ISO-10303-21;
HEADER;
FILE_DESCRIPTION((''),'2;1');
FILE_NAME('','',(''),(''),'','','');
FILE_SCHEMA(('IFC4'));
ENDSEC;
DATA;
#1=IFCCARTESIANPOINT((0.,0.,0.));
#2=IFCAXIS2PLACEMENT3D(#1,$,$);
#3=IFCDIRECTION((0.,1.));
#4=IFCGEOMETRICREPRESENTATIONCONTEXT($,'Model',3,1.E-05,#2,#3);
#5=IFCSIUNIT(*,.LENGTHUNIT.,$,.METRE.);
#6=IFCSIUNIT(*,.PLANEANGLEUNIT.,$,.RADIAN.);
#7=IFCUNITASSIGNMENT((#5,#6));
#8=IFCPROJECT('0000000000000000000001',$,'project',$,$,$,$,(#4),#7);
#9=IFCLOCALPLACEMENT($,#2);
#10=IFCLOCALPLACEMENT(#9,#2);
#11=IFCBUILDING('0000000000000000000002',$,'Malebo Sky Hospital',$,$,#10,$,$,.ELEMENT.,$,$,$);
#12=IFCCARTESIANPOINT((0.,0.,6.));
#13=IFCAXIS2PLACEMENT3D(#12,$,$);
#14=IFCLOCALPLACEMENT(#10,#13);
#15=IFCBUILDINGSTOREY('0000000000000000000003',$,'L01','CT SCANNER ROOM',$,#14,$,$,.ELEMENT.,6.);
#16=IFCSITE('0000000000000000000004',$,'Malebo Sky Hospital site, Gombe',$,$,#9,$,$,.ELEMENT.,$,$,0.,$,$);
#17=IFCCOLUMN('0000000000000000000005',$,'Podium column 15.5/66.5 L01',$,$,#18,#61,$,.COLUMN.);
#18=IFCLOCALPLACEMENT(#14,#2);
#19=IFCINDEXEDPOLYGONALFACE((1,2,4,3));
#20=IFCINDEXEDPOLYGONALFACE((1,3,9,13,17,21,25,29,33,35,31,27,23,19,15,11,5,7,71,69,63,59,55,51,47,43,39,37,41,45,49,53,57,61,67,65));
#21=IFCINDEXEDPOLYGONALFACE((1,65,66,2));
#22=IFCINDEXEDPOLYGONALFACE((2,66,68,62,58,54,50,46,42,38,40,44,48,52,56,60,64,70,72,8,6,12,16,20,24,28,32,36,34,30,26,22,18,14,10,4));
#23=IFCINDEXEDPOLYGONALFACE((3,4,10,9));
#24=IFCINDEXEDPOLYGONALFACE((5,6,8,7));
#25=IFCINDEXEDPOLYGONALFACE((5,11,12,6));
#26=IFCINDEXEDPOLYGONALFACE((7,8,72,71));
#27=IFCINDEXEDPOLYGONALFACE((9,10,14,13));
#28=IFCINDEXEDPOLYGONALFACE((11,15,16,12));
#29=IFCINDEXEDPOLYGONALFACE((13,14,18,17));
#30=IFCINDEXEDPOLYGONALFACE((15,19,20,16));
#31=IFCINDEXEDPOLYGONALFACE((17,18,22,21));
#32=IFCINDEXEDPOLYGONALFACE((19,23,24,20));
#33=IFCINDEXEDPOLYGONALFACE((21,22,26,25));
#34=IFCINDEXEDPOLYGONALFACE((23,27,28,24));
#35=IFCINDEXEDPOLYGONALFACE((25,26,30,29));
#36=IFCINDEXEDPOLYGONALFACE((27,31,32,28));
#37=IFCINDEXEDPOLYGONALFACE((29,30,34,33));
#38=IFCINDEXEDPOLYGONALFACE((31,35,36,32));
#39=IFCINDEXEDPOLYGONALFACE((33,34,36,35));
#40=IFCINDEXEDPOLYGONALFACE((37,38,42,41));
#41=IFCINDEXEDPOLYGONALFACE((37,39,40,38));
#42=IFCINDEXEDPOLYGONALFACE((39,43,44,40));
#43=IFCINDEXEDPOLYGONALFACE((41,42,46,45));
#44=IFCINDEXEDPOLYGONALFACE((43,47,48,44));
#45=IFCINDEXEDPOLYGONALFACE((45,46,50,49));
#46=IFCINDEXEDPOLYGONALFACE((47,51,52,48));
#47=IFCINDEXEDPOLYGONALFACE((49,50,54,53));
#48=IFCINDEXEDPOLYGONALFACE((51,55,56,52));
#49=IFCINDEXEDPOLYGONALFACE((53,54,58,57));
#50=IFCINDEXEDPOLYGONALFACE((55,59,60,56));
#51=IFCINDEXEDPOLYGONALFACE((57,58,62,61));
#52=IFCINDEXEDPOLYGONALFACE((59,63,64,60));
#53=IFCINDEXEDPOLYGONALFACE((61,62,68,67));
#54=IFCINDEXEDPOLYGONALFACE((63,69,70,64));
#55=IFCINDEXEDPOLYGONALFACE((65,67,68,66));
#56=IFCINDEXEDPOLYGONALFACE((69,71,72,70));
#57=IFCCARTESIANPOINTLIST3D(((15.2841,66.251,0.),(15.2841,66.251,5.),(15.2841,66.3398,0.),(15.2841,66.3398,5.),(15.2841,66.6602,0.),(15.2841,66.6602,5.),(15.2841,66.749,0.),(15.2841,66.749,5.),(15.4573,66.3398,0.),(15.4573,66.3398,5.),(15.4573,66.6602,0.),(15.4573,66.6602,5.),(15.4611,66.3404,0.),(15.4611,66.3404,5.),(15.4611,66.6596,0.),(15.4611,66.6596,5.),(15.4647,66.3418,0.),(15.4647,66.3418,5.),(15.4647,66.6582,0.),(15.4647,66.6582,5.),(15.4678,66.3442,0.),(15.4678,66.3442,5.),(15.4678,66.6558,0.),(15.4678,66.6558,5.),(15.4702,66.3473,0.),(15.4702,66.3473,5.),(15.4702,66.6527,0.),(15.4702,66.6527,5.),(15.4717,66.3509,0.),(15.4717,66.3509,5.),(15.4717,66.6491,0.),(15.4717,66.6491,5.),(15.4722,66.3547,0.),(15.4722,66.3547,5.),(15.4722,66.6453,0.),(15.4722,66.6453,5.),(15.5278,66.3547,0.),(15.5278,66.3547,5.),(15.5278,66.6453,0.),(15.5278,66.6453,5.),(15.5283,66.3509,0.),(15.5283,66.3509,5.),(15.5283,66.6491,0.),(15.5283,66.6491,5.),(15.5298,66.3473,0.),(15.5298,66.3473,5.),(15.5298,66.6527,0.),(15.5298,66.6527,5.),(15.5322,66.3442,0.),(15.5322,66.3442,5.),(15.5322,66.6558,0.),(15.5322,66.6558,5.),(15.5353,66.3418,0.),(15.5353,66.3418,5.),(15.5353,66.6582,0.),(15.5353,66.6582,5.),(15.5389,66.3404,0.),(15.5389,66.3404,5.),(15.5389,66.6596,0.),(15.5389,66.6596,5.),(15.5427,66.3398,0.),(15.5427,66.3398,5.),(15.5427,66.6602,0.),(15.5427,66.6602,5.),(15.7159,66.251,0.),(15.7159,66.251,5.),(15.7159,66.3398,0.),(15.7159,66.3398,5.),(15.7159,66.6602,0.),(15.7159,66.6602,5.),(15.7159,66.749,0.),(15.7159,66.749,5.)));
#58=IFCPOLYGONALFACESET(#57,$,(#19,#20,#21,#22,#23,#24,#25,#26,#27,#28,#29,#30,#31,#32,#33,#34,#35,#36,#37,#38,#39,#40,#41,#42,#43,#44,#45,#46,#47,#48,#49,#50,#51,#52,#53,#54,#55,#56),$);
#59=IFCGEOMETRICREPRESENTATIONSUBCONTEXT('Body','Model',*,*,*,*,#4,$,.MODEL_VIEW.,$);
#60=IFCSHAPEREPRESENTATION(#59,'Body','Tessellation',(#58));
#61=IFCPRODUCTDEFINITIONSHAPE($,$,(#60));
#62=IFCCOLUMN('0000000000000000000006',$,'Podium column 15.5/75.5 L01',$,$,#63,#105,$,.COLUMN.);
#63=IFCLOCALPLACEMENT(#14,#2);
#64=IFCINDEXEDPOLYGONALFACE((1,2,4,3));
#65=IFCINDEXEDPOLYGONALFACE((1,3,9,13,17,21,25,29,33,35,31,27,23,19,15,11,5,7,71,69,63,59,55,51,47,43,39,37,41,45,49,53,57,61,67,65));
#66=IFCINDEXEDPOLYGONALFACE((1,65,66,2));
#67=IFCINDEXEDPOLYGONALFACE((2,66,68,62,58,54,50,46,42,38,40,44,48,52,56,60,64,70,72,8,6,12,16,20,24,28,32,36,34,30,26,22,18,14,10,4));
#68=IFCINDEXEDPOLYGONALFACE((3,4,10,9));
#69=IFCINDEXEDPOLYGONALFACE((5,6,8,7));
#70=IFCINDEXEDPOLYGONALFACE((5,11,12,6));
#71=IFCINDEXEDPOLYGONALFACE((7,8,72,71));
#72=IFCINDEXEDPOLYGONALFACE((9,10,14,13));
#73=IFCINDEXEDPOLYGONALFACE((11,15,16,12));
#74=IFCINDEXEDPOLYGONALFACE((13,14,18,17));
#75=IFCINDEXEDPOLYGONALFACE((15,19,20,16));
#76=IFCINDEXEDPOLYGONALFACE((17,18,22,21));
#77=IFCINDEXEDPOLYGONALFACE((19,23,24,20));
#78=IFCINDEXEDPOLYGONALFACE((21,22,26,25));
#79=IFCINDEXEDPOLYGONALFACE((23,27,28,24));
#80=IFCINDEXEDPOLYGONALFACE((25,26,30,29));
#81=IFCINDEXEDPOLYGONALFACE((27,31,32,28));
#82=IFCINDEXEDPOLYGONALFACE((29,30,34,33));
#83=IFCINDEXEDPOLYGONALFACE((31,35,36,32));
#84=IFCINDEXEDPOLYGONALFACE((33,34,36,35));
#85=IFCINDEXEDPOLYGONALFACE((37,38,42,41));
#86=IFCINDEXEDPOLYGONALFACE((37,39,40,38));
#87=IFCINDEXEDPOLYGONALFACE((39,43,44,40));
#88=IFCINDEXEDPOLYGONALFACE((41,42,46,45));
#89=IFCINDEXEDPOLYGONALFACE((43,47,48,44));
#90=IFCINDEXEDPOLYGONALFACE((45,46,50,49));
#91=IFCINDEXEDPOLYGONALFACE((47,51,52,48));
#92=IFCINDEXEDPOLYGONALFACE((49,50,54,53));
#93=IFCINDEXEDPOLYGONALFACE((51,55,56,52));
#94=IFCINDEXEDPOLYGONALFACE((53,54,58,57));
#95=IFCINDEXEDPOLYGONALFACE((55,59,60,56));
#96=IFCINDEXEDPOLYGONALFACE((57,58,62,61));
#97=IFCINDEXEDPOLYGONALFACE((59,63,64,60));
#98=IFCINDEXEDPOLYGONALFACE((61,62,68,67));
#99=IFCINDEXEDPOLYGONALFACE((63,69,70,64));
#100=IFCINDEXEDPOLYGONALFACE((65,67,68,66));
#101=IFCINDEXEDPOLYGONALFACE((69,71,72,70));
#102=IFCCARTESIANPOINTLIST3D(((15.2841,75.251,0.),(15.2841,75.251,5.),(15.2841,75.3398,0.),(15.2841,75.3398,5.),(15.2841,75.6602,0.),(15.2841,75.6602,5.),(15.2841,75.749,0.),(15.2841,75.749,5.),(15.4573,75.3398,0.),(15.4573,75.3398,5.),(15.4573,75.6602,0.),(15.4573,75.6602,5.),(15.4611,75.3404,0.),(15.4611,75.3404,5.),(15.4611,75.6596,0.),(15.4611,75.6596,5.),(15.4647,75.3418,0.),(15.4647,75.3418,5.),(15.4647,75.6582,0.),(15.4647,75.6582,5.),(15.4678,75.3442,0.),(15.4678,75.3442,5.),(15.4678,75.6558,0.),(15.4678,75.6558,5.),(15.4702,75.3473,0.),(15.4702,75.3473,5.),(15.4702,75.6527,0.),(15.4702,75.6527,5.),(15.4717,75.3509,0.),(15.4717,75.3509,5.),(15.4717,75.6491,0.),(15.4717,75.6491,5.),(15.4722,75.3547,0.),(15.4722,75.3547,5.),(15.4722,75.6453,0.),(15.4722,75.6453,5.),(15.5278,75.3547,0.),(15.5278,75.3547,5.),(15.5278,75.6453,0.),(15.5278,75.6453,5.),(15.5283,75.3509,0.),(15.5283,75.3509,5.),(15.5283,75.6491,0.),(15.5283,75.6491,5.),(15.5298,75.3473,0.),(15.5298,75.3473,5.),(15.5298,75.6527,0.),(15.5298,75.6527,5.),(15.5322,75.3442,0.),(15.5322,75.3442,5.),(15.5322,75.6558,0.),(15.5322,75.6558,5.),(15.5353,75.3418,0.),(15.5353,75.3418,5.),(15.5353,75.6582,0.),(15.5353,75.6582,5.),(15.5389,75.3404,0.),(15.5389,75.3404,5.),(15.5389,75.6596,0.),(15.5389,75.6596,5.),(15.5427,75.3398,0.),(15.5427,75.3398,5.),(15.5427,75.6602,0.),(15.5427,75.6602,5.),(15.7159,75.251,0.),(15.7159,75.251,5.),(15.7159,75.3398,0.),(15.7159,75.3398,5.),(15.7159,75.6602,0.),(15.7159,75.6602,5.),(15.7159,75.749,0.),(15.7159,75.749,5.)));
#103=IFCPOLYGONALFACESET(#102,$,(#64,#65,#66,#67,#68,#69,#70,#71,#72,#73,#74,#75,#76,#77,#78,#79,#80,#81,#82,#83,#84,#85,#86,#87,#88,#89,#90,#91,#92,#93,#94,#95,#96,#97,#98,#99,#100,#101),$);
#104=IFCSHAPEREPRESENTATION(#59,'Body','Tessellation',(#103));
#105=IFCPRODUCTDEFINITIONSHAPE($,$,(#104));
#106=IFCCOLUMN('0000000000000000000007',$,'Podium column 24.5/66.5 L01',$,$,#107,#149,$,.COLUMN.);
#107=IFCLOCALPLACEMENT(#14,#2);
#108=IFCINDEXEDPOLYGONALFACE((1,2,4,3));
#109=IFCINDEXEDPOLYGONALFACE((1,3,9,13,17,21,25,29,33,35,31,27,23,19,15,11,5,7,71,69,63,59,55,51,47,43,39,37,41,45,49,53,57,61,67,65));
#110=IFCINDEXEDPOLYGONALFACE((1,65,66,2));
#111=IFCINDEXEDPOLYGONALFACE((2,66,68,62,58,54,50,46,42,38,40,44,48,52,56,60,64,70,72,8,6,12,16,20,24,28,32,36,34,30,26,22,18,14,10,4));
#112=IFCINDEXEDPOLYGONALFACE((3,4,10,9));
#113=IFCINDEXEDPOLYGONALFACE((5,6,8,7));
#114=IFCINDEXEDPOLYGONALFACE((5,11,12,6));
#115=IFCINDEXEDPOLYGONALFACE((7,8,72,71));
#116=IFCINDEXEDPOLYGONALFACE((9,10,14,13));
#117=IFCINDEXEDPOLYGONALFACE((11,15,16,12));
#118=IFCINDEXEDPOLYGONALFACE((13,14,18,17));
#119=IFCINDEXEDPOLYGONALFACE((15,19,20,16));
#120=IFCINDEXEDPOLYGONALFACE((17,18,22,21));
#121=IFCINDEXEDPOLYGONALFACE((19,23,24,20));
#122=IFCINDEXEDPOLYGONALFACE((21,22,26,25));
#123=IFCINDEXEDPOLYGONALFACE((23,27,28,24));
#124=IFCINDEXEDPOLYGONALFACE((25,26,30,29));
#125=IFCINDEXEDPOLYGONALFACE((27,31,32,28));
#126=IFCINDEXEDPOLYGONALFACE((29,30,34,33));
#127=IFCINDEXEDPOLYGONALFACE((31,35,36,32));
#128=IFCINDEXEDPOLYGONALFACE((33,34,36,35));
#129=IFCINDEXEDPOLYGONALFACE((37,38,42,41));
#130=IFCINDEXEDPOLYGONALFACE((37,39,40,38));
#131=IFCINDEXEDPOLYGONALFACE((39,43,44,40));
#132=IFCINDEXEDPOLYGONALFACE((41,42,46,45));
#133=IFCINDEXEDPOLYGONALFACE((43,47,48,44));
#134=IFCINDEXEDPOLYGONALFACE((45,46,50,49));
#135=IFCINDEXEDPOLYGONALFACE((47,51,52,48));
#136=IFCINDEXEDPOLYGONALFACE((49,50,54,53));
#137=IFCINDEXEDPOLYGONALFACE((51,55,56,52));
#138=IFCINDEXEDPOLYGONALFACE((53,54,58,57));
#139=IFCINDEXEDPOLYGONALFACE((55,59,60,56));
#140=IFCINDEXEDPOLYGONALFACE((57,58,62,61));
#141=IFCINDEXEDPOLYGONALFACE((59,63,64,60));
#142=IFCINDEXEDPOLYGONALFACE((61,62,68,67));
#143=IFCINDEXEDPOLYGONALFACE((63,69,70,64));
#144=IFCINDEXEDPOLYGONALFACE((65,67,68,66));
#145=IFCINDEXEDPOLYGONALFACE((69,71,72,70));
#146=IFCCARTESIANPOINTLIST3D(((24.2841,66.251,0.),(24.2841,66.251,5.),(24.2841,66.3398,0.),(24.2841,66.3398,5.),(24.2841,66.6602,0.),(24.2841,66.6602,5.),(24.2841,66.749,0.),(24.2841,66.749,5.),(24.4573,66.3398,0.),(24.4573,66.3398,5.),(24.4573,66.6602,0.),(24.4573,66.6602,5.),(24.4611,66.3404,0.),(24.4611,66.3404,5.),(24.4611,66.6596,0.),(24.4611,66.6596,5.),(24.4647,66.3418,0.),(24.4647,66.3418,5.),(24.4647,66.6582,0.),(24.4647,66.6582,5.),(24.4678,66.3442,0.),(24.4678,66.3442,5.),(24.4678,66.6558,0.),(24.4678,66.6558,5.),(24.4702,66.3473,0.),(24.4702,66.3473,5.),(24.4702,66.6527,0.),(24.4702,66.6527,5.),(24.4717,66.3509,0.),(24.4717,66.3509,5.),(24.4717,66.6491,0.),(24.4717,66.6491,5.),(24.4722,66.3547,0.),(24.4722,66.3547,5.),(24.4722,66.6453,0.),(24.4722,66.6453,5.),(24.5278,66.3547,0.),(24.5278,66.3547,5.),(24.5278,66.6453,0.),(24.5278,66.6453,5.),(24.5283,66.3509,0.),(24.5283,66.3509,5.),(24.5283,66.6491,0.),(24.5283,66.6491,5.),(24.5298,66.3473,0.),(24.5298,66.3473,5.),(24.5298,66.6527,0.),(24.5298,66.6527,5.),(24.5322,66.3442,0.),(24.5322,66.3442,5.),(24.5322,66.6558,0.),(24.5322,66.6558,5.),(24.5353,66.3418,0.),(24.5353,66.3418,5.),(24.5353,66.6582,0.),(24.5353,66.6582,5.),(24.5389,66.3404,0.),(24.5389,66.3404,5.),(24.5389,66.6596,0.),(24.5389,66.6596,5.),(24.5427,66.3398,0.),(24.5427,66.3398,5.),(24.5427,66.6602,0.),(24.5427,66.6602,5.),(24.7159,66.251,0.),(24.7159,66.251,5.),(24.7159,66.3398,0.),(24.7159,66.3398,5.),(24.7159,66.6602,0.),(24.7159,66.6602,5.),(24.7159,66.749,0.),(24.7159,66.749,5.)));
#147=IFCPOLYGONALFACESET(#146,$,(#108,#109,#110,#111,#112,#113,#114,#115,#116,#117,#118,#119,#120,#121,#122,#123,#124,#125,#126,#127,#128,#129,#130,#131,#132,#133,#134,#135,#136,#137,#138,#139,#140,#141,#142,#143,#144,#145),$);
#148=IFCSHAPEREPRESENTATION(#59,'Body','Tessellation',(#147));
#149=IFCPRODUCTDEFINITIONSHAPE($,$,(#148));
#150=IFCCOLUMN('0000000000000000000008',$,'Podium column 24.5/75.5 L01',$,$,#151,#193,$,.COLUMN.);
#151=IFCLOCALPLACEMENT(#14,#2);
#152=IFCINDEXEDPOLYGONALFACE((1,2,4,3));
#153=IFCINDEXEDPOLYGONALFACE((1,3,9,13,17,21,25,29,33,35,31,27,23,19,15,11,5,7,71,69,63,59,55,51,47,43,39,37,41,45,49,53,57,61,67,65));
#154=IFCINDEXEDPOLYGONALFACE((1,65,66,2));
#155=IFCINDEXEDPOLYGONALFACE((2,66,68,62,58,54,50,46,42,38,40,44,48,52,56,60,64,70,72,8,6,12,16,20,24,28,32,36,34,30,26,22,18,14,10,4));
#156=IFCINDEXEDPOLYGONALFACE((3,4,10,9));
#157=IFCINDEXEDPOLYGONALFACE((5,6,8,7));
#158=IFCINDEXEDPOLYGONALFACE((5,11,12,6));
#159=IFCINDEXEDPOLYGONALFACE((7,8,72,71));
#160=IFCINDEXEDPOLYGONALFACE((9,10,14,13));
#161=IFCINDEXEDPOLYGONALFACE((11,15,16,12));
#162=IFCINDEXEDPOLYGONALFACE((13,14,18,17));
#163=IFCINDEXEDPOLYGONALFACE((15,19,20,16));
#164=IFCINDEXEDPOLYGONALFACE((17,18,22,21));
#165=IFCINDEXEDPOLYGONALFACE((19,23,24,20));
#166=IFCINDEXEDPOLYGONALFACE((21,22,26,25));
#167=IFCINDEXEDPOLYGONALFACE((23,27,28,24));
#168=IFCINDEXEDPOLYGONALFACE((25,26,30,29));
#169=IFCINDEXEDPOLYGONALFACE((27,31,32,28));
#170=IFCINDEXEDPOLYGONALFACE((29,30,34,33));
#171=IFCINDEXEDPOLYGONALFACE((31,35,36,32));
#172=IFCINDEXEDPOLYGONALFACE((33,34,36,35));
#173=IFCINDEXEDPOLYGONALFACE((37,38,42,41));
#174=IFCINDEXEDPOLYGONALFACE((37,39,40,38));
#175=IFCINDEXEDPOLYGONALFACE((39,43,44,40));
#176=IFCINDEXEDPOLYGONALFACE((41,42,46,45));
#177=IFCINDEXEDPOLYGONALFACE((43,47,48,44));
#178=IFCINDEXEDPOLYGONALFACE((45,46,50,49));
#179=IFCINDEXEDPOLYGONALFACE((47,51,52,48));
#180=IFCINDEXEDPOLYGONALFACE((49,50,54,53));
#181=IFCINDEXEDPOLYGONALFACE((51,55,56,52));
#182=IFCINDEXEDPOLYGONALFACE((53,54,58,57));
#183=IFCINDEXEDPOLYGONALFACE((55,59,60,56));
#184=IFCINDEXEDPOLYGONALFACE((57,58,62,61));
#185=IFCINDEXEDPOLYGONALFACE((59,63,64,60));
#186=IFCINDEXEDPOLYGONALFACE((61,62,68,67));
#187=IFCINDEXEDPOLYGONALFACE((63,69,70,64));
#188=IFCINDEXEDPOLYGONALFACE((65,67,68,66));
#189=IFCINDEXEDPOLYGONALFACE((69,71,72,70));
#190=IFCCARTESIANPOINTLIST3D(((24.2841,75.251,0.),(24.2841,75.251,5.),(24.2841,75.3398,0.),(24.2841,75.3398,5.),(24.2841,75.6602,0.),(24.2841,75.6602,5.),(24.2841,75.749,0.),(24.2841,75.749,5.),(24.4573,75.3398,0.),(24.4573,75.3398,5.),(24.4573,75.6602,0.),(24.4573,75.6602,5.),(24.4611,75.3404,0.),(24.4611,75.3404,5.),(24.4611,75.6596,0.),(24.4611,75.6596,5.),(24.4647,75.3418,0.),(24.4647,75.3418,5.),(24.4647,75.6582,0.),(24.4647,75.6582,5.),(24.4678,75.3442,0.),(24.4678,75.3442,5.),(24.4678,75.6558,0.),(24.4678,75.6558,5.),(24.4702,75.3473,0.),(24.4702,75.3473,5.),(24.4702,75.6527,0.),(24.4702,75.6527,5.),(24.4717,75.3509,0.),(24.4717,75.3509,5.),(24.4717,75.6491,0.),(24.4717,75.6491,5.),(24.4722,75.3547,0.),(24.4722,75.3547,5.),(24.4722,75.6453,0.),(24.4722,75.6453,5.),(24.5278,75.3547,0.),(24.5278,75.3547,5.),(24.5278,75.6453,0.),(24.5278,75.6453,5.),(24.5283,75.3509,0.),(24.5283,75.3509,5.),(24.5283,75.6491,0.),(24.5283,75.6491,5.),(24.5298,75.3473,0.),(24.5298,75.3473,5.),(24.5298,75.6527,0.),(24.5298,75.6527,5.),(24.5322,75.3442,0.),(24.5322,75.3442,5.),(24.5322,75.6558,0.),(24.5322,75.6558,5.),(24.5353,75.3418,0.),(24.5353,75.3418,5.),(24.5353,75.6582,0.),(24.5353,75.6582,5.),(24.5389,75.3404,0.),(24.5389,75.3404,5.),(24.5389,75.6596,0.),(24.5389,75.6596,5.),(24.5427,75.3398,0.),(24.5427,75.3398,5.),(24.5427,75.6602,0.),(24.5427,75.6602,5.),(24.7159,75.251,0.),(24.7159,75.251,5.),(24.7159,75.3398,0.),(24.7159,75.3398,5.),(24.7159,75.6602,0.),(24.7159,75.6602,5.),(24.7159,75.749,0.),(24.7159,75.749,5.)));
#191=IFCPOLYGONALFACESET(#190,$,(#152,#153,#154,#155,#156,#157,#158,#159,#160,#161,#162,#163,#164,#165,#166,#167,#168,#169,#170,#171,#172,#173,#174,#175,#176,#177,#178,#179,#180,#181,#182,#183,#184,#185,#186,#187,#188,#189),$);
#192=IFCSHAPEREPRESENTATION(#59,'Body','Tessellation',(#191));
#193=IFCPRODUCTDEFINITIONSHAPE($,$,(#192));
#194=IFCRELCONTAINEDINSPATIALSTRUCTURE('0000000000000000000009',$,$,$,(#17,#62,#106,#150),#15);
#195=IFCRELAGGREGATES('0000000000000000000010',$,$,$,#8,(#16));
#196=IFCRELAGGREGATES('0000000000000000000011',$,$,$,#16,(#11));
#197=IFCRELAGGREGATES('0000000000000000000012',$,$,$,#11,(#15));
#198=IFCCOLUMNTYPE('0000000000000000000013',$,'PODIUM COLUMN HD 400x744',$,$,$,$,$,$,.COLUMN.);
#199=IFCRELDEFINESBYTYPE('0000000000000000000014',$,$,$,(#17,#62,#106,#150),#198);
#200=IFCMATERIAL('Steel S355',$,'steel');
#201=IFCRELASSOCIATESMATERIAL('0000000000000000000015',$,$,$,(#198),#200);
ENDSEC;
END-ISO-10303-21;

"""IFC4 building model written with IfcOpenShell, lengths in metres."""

from ifc_helpers import new_model, si_unit, direction, frame, origin, origin_2d, place, context, subcontext, project, spatial, i_section, extrude, material, material_profile, profile_set, type_object, element, save


model = new_model("IFC4")

# Units and contexts
model_context = context("Model", 3, precision=1e-05, world=origin(), true_north=direction((0.0, 1.0)))
body_context = subcontext(model_context, "Body", "Model", "MODEL_VIEW")
ifc_project = project(units=[si_unit("LENGTHUNIT", "METRE"), si_unit("PLANEANGLEUNIT", "RADIAN")], contexts=[model_context])

# Site, building, storey
site_placement = place(None, origin())
site = spatial("IfcSite", under=ifc_project, at=site_placement, Name="Malebo Sky Hospital site, Gombe", CompositionType="ELEMENT", RefElevation=0.0)
building_placement = place(site_placement, origin())
building = spatial("IfcBuilding", under=site, at=building_placement, Name="Malebo Sky Hospital", CompositionType="ELEMENT")
storey_placement = place(building_placement, frame((0.0, 0.0, 6.0)))
storey = spatial("IfcBuildingStorey", under=building, at=storey_placement, Name="L01", Description="CT SCANNER ROOM", CompositionType="ELEMENT", Elevation=6.0)

# Columns
ifc_material_1 = material(Name="Steel S355", Category="steel")
ifc_material_profile_1 = material_profile(ifc_material_1, i_section(OverallWidth=0.4319, OverallDepth=0.498, WebThickness=0.0557, FlangeThickness=0.0889, FilletRadius=0.0149, at=origin_2d()), Name="HD 400x744")
ifc_profile_set_1 = profile_set([ifc_material_profile_1], Name="Steel S355")
column_type = type_object("IfcColumnType", Name="PODIUM COLUMN HD 400x744", PredefinedType="COLUMN", material=ifc_profile_set_1)
for number, where, z_axis, x_axis, name in (
    (1, (15.5, 66.5, 0.0), (0.0, 0.0, 1.0), (1.0, 0.0, 0.0), "Podium column 15.5/66.5 L01"),
    (2, (15.5, 75.5, 0.0), (0.0, 0.0, 1.0), (1.0, 0.0, 0.0), "Podium column 15.5/75.5 L01"),
    (3, (24.5, 66.5, 0.0), (0.0, 0.0, 1.0), (1.0, 0.0, 0.0), "Podium column 24.5/66.5 L01"),
    (4, (24.5, 75.5, 0.0), (0.0, 0.0, 1.0), (1.0, 0.0, 0.0), "Podium column 24.5/75.5 L01"),
):
    element("IfcColumn", number, at=place(storey_placement, frame(where, z_axis=z_axis, x_axis=x_axis)), inside=storey, type_object=column_type, Name=name, PredefinedType="COLUMN", context=body_context, shape_type="SweptSolid", body=[
        extrude(i_section(OverallWidth=0.4319, OverallDepth=0.498, WebThickness=0.0557, FlangeThickness=0.0889, FilletRadius=0.0149, at=origin_2d()), origin(), (0.0, 0.0, 1.0), 5.0),
    ])

save(model, "model.ifc")
